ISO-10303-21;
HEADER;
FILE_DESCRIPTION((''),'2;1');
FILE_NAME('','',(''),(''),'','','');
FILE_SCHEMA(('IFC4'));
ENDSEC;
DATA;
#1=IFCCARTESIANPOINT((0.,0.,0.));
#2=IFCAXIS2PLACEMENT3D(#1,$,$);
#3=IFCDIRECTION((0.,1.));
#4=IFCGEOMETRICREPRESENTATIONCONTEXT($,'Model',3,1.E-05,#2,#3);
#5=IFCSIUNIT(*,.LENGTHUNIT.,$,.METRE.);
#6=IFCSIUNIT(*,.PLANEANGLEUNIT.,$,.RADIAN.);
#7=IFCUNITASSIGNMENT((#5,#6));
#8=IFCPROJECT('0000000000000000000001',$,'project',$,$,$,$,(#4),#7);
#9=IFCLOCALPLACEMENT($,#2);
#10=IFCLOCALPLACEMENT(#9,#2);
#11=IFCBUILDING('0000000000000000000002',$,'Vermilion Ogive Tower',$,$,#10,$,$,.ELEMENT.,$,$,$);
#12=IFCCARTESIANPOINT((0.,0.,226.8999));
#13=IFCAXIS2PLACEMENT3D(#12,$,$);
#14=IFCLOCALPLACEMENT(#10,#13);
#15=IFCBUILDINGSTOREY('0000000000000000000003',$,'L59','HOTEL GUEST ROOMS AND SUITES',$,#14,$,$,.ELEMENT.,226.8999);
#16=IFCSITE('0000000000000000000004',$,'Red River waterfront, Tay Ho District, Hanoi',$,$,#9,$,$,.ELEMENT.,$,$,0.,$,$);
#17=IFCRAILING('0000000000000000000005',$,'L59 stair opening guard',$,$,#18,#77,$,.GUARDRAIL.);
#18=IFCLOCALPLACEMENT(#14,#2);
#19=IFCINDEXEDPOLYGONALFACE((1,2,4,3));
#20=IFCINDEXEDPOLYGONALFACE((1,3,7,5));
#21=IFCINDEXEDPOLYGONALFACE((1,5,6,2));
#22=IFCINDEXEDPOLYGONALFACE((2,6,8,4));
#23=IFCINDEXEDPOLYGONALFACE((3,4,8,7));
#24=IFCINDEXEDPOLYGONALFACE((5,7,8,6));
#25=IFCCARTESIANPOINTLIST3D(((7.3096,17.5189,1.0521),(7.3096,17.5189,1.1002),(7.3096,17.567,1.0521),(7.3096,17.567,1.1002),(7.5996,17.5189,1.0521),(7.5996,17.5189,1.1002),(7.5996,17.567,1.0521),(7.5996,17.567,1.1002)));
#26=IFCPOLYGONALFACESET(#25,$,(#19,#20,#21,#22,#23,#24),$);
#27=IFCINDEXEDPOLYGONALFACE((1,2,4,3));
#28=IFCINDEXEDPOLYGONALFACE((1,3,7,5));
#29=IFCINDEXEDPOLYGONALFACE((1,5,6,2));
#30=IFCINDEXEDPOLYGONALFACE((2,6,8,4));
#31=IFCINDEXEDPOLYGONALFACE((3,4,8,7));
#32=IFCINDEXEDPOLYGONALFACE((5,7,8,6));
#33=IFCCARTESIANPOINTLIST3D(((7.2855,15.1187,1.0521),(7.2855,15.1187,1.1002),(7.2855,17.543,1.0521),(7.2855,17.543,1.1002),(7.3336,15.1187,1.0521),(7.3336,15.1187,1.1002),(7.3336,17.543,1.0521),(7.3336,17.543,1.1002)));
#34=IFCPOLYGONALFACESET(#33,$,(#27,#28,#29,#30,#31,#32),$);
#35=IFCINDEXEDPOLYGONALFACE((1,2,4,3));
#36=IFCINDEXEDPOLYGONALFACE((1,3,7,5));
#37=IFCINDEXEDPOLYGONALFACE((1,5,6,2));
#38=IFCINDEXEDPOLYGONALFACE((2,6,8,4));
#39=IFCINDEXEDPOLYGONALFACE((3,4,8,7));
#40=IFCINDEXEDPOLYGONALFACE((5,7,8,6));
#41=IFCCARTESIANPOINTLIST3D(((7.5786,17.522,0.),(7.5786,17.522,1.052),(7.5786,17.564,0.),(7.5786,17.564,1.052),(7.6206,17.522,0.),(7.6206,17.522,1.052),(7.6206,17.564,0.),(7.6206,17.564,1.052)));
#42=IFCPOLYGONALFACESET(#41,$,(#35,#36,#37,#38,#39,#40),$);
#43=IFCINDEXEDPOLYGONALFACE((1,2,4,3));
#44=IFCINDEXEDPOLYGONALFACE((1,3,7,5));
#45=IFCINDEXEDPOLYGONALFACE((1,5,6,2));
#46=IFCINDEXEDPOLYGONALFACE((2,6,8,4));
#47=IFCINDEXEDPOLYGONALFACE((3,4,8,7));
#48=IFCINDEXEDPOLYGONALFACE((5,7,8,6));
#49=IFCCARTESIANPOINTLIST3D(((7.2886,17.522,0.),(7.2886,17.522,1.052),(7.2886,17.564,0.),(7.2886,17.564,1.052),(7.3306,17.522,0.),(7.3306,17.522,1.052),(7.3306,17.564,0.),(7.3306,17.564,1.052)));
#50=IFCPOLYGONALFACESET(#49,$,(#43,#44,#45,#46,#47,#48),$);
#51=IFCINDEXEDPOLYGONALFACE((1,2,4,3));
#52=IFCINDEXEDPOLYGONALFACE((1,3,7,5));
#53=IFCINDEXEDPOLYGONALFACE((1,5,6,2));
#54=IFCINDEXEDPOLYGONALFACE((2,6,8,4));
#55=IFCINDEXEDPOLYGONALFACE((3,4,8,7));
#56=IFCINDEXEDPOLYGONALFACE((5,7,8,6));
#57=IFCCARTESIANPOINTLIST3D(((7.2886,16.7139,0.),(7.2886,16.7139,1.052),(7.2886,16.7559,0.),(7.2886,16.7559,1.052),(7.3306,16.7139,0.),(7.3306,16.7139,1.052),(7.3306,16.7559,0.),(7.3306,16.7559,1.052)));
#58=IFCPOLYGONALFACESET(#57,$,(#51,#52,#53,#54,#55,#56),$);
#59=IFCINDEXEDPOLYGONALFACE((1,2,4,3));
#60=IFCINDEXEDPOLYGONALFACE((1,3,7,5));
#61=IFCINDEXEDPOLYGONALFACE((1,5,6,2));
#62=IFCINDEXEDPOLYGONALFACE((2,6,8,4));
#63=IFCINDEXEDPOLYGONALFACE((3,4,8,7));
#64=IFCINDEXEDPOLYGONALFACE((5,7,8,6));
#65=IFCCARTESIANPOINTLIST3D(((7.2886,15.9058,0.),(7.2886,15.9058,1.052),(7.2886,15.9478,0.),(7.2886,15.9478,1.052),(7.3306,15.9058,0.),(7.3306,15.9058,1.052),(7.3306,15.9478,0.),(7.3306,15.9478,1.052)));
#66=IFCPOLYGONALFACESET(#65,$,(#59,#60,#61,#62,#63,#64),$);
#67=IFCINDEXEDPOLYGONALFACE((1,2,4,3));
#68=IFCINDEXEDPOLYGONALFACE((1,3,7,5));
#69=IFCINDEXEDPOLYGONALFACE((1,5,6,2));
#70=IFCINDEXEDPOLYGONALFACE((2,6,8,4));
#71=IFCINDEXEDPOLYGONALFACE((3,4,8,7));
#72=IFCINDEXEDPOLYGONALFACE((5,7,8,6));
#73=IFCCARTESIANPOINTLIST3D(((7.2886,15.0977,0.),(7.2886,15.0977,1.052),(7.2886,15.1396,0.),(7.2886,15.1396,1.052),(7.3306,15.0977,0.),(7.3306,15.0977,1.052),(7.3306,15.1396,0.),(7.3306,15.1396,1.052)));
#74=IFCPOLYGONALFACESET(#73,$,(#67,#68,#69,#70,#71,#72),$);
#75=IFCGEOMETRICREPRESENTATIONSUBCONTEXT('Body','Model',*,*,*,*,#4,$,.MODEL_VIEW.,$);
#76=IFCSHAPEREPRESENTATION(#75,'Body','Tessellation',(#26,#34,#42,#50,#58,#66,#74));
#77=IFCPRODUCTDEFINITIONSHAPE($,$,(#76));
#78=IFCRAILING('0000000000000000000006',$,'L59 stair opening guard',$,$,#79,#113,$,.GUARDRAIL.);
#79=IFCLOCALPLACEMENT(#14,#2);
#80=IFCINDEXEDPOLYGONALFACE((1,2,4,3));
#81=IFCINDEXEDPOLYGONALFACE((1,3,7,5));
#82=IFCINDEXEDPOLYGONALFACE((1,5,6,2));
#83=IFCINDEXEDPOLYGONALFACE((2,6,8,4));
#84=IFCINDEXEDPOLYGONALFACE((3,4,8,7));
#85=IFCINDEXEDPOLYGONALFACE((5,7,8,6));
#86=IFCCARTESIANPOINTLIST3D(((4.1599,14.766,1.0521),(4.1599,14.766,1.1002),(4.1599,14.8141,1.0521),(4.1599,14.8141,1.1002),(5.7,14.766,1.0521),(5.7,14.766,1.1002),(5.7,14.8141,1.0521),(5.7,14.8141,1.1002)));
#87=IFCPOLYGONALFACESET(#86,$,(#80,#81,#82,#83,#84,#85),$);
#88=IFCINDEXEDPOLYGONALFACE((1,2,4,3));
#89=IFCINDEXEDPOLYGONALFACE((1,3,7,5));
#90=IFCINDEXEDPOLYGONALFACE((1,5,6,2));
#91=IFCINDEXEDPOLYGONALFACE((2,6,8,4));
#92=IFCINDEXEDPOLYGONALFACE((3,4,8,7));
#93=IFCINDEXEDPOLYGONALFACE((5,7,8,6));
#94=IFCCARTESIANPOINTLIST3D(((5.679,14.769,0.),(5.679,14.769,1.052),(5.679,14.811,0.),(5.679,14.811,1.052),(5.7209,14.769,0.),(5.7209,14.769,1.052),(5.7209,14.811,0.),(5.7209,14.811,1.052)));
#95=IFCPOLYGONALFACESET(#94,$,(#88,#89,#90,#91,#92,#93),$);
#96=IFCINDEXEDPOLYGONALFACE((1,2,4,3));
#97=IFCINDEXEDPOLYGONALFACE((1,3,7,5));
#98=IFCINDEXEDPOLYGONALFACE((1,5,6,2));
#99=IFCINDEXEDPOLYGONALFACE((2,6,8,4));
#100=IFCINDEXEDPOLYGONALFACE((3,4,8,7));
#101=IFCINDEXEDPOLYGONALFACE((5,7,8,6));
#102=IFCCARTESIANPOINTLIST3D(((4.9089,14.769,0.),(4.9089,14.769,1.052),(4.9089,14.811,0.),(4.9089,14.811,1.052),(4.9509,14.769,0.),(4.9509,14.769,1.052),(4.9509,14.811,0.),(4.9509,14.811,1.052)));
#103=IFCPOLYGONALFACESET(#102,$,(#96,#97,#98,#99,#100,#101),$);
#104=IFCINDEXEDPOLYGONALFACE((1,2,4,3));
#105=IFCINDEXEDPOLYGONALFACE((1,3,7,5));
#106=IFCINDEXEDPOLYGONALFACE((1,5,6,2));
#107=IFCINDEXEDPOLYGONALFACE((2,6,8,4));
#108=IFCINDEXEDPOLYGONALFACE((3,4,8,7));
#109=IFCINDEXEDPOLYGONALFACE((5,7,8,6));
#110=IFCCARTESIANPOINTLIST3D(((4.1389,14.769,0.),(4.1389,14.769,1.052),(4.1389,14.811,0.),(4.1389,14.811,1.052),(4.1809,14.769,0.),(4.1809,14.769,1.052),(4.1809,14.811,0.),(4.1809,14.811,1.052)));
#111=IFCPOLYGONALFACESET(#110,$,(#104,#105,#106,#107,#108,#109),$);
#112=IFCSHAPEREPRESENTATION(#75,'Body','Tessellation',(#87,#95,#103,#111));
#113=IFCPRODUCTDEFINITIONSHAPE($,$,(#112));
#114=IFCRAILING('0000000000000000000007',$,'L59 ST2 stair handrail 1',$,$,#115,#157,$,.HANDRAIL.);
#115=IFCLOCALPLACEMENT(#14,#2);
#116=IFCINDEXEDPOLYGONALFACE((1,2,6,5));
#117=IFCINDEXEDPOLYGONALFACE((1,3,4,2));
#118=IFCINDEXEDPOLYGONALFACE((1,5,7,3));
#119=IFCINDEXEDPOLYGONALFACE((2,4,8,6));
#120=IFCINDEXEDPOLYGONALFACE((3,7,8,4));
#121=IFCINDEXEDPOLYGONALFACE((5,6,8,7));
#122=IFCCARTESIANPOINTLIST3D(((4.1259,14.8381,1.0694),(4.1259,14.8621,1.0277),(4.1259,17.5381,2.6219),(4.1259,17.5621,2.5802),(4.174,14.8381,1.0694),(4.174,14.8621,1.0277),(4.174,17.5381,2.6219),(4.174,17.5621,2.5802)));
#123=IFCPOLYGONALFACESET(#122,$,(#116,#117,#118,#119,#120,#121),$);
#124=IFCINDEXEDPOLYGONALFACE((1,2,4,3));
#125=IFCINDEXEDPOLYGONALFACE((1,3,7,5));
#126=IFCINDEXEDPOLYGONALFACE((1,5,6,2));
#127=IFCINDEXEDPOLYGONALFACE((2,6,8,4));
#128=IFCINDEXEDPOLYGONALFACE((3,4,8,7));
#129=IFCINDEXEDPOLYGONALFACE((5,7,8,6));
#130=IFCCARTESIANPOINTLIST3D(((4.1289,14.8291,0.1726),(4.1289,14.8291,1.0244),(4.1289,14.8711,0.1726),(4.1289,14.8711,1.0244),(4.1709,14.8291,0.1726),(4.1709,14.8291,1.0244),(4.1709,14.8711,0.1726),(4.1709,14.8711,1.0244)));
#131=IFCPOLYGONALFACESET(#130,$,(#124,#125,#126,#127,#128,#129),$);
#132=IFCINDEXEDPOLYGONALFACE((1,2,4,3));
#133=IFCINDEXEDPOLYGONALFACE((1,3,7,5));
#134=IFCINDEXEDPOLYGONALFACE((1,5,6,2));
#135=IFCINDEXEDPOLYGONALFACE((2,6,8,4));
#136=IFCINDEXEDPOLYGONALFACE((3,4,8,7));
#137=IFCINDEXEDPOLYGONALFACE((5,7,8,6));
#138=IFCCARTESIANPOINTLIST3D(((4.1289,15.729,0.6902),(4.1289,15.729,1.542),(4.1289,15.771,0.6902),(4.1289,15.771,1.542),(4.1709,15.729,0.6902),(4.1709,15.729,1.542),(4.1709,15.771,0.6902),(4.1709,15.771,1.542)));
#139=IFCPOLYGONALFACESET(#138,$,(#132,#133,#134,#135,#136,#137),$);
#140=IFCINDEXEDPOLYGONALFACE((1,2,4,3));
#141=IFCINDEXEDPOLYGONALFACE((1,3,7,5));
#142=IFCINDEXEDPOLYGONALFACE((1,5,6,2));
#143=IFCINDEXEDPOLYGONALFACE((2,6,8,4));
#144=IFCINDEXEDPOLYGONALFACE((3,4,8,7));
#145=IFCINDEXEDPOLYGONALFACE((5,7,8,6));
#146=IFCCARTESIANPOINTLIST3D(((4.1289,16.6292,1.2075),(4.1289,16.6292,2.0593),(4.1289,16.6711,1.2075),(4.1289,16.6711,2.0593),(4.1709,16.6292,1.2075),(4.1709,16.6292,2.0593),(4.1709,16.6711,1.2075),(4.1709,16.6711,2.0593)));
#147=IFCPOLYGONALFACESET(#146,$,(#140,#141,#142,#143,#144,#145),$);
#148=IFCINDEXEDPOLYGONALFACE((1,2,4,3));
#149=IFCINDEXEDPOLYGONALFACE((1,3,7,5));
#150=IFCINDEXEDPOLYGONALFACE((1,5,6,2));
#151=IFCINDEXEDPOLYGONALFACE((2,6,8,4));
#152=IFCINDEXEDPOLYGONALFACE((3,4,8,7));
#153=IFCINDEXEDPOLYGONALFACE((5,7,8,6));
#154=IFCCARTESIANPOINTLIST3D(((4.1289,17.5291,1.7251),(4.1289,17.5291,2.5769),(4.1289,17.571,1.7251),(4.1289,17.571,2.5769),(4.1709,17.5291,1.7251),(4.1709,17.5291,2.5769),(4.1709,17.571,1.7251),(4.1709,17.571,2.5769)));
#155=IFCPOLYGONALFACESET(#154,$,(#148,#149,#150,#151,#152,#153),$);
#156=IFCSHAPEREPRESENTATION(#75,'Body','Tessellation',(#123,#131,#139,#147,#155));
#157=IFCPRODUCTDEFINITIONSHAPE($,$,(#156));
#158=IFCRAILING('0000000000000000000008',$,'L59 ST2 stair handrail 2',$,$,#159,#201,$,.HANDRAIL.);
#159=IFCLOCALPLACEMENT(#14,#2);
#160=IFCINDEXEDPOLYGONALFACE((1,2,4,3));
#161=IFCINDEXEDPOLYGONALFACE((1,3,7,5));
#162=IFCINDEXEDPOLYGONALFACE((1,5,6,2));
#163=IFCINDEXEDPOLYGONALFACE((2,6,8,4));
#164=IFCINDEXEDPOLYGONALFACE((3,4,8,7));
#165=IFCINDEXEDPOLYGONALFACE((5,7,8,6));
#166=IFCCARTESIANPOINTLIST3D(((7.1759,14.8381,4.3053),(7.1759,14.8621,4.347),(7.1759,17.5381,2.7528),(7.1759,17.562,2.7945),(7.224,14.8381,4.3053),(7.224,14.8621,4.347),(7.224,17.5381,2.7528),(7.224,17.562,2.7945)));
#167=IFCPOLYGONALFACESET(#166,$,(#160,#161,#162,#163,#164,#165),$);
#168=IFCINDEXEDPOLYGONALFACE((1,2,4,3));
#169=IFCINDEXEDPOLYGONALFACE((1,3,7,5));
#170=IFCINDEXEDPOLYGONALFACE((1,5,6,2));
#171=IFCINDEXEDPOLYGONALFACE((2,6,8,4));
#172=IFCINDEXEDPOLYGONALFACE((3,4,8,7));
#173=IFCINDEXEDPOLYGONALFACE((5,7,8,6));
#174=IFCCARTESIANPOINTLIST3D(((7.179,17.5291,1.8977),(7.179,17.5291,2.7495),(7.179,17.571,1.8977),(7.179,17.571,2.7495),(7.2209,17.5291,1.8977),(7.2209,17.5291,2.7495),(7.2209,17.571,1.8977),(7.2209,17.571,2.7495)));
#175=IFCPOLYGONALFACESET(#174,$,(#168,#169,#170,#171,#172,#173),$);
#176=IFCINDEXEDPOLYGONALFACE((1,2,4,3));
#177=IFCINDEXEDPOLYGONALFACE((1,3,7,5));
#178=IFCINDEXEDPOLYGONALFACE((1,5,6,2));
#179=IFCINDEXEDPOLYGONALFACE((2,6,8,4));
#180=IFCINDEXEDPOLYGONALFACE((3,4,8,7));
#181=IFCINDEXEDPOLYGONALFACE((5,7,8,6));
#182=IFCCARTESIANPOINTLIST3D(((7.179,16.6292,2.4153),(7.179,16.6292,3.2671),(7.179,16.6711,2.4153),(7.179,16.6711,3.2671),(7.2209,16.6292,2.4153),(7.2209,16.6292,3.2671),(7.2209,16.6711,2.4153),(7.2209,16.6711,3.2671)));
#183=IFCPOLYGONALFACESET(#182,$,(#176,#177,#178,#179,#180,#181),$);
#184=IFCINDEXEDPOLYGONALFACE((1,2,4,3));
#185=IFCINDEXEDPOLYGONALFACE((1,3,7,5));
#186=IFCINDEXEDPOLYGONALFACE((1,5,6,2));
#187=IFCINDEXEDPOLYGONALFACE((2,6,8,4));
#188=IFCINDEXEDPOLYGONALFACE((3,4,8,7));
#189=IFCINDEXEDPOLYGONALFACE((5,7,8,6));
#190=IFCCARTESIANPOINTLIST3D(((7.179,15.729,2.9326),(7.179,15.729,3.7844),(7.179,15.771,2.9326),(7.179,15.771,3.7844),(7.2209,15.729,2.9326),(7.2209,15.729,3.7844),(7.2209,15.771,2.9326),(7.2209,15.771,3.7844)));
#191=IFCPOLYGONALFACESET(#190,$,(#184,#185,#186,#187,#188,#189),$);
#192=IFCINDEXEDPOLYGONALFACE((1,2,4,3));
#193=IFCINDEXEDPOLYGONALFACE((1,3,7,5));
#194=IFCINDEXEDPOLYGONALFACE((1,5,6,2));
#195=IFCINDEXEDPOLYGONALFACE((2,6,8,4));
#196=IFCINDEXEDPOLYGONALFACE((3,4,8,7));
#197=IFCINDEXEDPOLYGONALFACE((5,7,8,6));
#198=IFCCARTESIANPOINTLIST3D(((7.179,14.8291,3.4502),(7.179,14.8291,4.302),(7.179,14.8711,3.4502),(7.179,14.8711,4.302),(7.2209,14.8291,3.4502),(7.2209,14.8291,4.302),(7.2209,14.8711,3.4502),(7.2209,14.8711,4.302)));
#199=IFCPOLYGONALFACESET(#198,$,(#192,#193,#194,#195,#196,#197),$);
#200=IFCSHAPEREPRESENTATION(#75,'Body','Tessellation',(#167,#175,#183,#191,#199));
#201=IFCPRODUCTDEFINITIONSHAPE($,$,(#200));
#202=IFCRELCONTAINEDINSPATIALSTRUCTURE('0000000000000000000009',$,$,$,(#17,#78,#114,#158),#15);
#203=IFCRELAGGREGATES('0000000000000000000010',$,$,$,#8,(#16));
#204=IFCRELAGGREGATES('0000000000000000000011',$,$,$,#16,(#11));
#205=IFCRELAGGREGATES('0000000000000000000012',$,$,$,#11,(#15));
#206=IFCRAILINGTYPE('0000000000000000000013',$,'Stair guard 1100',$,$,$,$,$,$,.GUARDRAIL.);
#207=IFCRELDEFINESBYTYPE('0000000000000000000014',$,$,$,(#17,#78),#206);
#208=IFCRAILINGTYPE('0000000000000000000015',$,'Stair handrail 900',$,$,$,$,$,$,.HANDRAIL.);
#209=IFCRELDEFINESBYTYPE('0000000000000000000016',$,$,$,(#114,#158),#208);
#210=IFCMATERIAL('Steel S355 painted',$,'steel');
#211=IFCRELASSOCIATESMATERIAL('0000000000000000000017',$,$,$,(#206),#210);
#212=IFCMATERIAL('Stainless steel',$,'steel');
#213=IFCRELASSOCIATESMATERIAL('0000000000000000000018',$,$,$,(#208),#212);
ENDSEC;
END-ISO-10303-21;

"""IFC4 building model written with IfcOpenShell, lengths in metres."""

from ifc_helpers import new_model, si_unit, direction, frame, origin, origin_2d, place, context, subcontext, project, spatial, rectangle, extrude, material, type_object, element, save


model = new_model("IFC4")

# Units and contexts
model_context = context("Model", 3, precision=1e-05, world=origin(), true_north=direction((0.0, 1.0)))
body_context = subcontext(model_context, "Body", "Model", "MODEL_VIEW")
ifc_project = project(units=[si_unit("LENGTHUNIT", "METRE"), si_unit("PLANEANGLEUNIT", "RADIAN")], contexts=[model_context])

# Site, building, storey
site_placement = place(None, origin())
site = spatial("IfcSite", under=ifc_project, at=site_placement, Name="Red River waterfront, Tay Ho District, Hanoi", CompositionType="ELEMENT", RefElevation=0.0)
building_placement = place(site_placement, origin())
building = spatial("IfcBuilding", under=site, at=building_placement, Name="Vermilion Ogive Tower", CompositionType="ELEMENT")
storey_placement = place(building_placement, frame((0.0, 0.0, 226.8999)))
storey = spatial("IfcBuildingStorey", under=building, at=storey_placement, Name="L59", Description="HOTEL GUEST ROOMS AND SUITES", CompositionType="ELEMENT", Elevation=226.8999)

# Railings
ifc_material_1 = material(Name="Steel S355 painted", Category="steel")
railing_type_1 = type_object("IfcRailingType", Name="Stair guard 1100", PredefinedType="GUARDRAIL", material=ifc_material_1)
railing_1_placement = place(storey_placement, frame((7.5996, 17.543, 0.0)))
element("IfcRailing", 1, at=railing_1_placement, inside=storey, type_object=railing_type_1, Name="L59 stair opening guard", PredefinedType="GUARDRAIL", context=body_context, shape_type="SweptSolid", body=[
    extrude(rectangle(XDim=0.0481, YDim=0.0481, at=origin_2d()), frame((0.0, 0.0, 1.0762), z_axis=(-1.0, 0.0, 0.0), x_axis=(0.0, -1.0, 0.0)), (0.0, 0.0, 1.0), 0.29),
    extrude(rectangle(XDim=0.0481, YDim=0.0481, at=origin_2d()), frame((-0.29, 0.0, 1.0762), z_axis=(0.0, -1.0, 0.0), x_axis=(1.0, 0.0, 0.0)), (0.0, 0.0, 1.0), 2.4243),
    extrude(rectangle(XDim=0.042, YDim=0.042, at=origin_2d()), origin(), (0.0, 0.0, 1.0), 1.052),
    extrude(rectangle(XDim=0.042, YDim=0.042, at=origin_2d()), frame((-0.29, 0.0, 0.0)), (0.0, 0.0, 1.0), 1.052),
    extrude(rectangle(XDim=0.042, YDim=0.042, at=origin_2d()), frame((-0.29, -0.8081, 0.0)), (0.0, 0.0, 1.0), 1.052),
    extrude(rectangle(XDim=0.042, YDim=0.042, at=origin_2d()), frame((-0.29, -1.6162, 0.0)), (0.0, 0.0, 1.0), 1.052),
    extrude(rectangle(XDim=0.042, YDim=0.042, at=origin_2d()), frame((-0.29, -2.4243, 0.0)), (0.0, 0.0, 1.0), 1.052),
])
railing_2_placement = place(storey_placement, frame((5.7, 14.79, 0.0)))
element("IfcRailing", 2, at=railing_2_placement, inside=storey, type_object=railing_type_1, Name="L59 stair opening guard", PredefinedType="GUARDRAIL", context=body_context, shape_type="SweptSolid", body=[
    extrude(rectangle(XDim=0.0481, YDim=0.0481, at=origin_2d()), frame((0.0, 0.0, 1.0762), z_axis=(-1.0, 0.0, 0.0), x_axis=(0.0, -1.0, 0.0)), (0.0, 0.0, 1.0), 1.54),
    extrude(rectangle(XDim=0.042, YDim=0.042, at=origin_2d()), origin(), (0.0, 0.0, 1.0), 1.052),
    extrude(rectangle(XDim=0.042, YDim=0.042, at=origin_2d()), frame((-0.77, 0.0, 0.0)), (0.0, 0.0, 1.0), 1.052),
    extrude(rectangle(XDim=0.042, YDim=0.042, at=origin_2d()), frame((-1.54, 0.0, 0.0)), (0.0, 0.0, 1.0), 1.052),
])
ifc_material_2 = material(Name="Stainless steel", Category="steel")
railing_type_2 = type_object("IfcRailingType", Name="Stair handrail 900", PredefinedType="HANDRAIL", material=ifc_material_2)
railing_3_placement = place(storey_placement, frame((4.1499, 14.8501, 0.1726)))
element("IfcRailing", 3, at=railing_3_placement, inside=storey, type_object=railing_type_2, Name="L59 ST2 stair handrail 1", PredefinedType="HANDRAIL", context=body_context, shape_type="SweptSolid", body=[
    extrude(rectangle(XDim=0.0481, YDim=0.0481, at=origin_2d()), frame((0.0, 0.0, 0.876), z_axis=(0.0, 0.866904, 0.498476), x_axis=(-1.0, 0.0, 0.0)), (0.0, 0.0, 1.0), 3.1145),
    extrude(rectangle(XDim=0.042, YDim=0.042, at=origin_2d()), origin(), (0.0, 0.0, 1.0), 0.8518),
    extrude(rectangle(XDim=0.042, YDim=0.042, at=origin_2d()), frame((0.0, 0.8999, 0.5176)), (0.0, 0.0, 1.0), 0.8518),
    extrude(rectangle(XDim=0.042, YDim=0.042, at=origin_2d()), frame((0.0, 1.8, 1.0349)), (0.0, 0.0, 1.0), 0.8518),
    extrude(rectangle(XDim=0.042, YDim=0.042, at=origin_2d()), frame((0.0, 2.7, 1.5525)), (0.0, 0.0, 1.0), 0.8518),
])
railing_4_placement = place(storey_placement, frame((7.2, 17.55, 1.8977)))
element("IfcRailing", 4, at=railing_4_placement, inside=storey, type_object=railing_type_2, Name="L59 ST2 stair handrail 2", PredefinedType="HANDRAIL", context=body_context, shape_type="SweptSolid", body=[
    extrude(rectangle(XDim=0.0481, YDim=0.0481, at=origin_2d()), frame((0.0, 0.0, 0.876), z_axis=(0.0, -0.866904, 0.498476), x_axis=(1.0, 0.0, 0.0)), (0.0, 0.0, 1.0), 3.1145),
    extrude(rectangle(XDim=0.042, YDim=0.042, at=origin_2d()), origin(), (0.0, 0.0, 1.0), 0.8518),
    extrude(rectangle(XDim=0.042, YDim=0.042, at=origin_2d()), frame((0.0, -0.8999, 0.5176)), (0.0, 0.0, 1.0), 0.8518),
    extrude(rectangle(XDim=0.042, YDim=0.042, at=origin_2d()), frame((0.0, -1.8, 1.0349)), (0.0, 0.0, 1.0), 0.8518),
    extrude(rectangle(XDim=0.042, YDim=0.042, at=origin_2d()), frame((0.0, -2.7, 1.5525)), (0.0, 0.0, 1.0), 0.8518),
])

save(model, "model.ifc")
